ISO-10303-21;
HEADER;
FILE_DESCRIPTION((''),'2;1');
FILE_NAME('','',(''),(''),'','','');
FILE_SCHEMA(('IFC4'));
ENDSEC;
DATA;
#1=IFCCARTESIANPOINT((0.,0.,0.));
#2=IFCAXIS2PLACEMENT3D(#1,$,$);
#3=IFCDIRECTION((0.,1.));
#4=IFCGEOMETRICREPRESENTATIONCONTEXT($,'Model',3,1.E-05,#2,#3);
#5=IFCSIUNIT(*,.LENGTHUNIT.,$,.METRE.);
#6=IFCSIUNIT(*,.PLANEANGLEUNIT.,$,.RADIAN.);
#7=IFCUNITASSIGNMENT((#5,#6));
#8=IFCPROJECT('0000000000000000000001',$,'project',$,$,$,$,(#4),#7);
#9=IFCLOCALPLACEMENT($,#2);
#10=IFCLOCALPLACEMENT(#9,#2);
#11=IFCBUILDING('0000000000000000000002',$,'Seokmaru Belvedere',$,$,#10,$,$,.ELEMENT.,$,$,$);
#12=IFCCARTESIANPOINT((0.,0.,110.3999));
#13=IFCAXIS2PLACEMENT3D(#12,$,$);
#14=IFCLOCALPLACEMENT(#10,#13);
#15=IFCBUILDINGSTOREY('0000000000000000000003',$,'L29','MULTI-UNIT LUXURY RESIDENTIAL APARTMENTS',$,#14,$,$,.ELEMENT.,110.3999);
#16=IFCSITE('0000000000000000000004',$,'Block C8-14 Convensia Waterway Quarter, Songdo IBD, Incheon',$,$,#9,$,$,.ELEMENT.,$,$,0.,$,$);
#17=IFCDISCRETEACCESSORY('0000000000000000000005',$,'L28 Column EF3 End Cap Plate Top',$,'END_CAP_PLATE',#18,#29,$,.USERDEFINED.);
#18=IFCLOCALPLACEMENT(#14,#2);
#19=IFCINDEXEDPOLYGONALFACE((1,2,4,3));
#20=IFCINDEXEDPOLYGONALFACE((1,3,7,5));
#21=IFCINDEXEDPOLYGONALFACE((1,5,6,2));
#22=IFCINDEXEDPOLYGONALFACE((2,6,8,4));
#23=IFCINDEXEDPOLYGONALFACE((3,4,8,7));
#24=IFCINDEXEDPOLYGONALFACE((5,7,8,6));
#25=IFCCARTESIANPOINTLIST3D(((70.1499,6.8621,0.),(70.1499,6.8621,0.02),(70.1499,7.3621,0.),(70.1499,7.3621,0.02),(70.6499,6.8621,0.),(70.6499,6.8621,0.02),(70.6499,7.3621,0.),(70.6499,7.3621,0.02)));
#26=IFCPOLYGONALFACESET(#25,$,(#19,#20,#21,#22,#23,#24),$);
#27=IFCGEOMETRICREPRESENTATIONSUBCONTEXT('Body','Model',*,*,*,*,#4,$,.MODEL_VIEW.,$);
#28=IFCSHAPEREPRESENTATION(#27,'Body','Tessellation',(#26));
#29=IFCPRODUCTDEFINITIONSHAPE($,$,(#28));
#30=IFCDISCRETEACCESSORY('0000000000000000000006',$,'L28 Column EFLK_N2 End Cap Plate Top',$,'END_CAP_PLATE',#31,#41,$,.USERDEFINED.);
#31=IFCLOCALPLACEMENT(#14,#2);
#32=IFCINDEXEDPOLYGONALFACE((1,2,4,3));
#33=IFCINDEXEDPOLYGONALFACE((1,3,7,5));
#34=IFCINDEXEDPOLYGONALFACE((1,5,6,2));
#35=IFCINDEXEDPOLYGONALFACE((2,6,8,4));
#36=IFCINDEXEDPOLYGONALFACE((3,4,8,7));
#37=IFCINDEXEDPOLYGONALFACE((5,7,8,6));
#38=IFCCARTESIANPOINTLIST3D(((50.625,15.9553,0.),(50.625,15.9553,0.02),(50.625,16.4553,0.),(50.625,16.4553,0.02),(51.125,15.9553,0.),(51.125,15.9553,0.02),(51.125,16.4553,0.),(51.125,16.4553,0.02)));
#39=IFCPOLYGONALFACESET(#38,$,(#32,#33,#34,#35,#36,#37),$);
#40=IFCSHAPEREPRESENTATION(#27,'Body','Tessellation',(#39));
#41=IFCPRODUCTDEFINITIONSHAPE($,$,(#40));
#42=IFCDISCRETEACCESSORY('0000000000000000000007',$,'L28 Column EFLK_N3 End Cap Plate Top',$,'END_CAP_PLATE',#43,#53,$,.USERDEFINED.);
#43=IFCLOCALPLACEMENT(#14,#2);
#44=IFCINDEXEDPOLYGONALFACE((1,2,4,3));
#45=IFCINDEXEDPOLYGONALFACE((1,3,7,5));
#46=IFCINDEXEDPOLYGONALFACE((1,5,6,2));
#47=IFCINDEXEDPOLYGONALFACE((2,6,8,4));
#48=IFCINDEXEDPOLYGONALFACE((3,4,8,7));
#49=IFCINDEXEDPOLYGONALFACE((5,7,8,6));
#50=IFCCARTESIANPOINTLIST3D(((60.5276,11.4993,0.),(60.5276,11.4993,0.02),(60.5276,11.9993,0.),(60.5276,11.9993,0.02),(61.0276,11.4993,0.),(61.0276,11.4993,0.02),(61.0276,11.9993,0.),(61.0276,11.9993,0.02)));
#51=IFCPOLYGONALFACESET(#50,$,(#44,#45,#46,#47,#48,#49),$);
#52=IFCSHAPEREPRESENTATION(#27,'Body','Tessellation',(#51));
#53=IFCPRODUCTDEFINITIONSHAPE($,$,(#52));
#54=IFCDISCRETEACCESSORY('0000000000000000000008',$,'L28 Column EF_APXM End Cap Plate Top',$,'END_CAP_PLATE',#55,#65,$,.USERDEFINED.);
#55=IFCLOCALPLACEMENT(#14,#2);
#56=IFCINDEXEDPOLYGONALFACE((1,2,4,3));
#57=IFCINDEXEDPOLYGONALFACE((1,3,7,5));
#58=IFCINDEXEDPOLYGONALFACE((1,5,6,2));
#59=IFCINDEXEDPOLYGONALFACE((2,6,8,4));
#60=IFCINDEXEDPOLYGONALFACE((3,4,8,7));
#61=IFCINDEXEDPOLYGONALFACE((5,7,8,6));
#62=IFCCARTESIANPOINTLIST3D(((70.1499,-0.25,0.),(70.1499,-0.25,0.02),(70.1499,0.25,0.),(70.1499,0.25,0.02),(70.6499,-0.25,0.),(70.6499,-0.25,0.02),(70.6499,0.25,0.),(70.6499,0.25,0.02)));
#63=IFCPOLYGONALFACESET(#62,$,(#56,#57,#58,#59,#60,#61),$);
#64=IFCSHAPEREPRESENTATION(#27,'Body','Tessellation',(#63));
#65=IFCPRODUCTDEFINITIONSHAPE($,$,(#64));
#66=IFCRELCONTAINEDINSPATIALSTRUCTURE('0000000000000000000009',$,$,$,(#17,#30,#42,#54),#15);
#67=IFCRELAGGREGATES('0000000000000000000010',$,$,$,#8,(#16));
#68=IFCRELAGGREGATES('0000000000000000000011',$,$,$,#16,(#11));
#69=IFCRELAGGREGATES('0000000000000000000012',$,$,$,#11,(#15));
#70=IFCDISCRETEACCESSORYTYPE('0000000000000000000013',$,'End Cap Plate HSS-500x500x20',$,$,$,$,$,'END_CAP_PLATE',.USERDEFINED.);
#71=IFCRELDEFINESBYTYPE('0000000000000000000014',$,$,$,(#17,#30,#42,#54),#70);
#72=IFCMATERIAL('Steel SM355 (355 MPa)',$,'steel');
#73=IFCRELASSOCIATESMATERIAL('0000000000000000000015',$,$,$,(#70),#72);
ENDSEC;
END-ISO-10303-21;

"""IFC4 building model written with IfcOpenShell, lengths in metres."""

from ifc_helpers import new_model, si_unit, direction, frame, origin, origin_2d, place, context, subcontext, project, spatial, rectangle, extrude, source, transform, mapped, material, type_object, type_shapes, element, save


model = new_model("IFC4")

# Units and contexts
model_context = context("Model", 3, precision=1e-05, world=origin(), true_north=direction((0.0, 1.0)))
body_context = subcontext(model_context, "Body", "Model", "MODEL_VIEW")
ifc_project = project(units=[si_unit("LENGTHUNIT", "METRE"), si_unit("PLANEANGLEUNIT", "RADIAN")], contexts=[model_context])

# Site, building, storey
site_placement = place(None, origin())
site = spatial("IfcSite", under=ifc_project, at=site_placement, Name="Block C8-14 Convensia Waterway Quarter, Songdo IBD, Incheon", CompositionType="ELEMENT", RefElevation=0.0)
building_placement = place(site_placement, origin())
building = spatial("IfcBuilding", under=site, at=building_placement, Name="Seokmaru Belvedere", CompositionType="ELEMENT")
storey_placement = place(building_placement, frame((0.0, 0.0, 110.3999)))
storey = spatial("IfcBuildingStorey", under=building, at=storey_placement, Name="L29", Description="MULTI-UNIT LUXURY RESIDENTIAL APARTMENTS", CompositionType="ELEMENT", Elevation=110.3999)

# Shared definitions
ifc_material_1 = material(Name="Steel SM355 (355 MPa)", Category="steel")

# Discrete accessories
discrete_accessory_type = type_object("IfcDiscreteAccessoryType", Name="End Cap Plate HSS-500x500x20", ElementType="END_CAP_PLATE", PredefinedType="USERDEFINED", material=ifc_material_1)
shared_shape_1 = source(origin(), body_context, "Body", "SweptSolid", [
    extrude(rectangle(XDim=0.5, YDim=0.5, at=origin_2d()), origin(), (0.0, 0.0, 1.0), 0.02),
])
type_shapes(discrete_accessory_type, [shared_shape_1])
for number, where, z_axis, x_axis, name in (
    (1, (70.3999, 7.1121, 0.0), (0.0, 0.0, 1.0), (1.0, 0.0, 0.0), "L28 Column EF3 End Cap Plate Top"),
    (2, (50.875, 16.2053, 0.0), (0.0, 0.0, 1.0), (1.0, 0.0, 0.0), "L28 Column EFLK_N2 End Cap Plate Top"),
    (3, (60.7776, 11.7493, 0.0), (0.0, 0.0, 1.0), (1.0, 0.0, 0.0), "L28 Column EFLK_N3 End Cap Plate Top"),
    (4, (70.3999, 0.0, 0.0), (0.0, 0.0, 1.0), (1.0, 0.0, 0.0), "L28 Column EF_APXM End Cap Plate Top"),
):
    element("IfcDiscreteAccessory", number, at=place(storey_placement, frame(where, z_axis=z_axis, x_axis=x_axis)), inside=storey, type_object=discrete_accessory_type, Name=name, ObjectType="END_CAP_PLATE", PredefinedType="USERDEFINED", context=body_context, shape_type="MappedRepresentation", body=[
        mapped(shared_shape_1, transform((0.0, 0.0, 0.0), scale=1.0)),
    ])

save(model, "model.ifc")
